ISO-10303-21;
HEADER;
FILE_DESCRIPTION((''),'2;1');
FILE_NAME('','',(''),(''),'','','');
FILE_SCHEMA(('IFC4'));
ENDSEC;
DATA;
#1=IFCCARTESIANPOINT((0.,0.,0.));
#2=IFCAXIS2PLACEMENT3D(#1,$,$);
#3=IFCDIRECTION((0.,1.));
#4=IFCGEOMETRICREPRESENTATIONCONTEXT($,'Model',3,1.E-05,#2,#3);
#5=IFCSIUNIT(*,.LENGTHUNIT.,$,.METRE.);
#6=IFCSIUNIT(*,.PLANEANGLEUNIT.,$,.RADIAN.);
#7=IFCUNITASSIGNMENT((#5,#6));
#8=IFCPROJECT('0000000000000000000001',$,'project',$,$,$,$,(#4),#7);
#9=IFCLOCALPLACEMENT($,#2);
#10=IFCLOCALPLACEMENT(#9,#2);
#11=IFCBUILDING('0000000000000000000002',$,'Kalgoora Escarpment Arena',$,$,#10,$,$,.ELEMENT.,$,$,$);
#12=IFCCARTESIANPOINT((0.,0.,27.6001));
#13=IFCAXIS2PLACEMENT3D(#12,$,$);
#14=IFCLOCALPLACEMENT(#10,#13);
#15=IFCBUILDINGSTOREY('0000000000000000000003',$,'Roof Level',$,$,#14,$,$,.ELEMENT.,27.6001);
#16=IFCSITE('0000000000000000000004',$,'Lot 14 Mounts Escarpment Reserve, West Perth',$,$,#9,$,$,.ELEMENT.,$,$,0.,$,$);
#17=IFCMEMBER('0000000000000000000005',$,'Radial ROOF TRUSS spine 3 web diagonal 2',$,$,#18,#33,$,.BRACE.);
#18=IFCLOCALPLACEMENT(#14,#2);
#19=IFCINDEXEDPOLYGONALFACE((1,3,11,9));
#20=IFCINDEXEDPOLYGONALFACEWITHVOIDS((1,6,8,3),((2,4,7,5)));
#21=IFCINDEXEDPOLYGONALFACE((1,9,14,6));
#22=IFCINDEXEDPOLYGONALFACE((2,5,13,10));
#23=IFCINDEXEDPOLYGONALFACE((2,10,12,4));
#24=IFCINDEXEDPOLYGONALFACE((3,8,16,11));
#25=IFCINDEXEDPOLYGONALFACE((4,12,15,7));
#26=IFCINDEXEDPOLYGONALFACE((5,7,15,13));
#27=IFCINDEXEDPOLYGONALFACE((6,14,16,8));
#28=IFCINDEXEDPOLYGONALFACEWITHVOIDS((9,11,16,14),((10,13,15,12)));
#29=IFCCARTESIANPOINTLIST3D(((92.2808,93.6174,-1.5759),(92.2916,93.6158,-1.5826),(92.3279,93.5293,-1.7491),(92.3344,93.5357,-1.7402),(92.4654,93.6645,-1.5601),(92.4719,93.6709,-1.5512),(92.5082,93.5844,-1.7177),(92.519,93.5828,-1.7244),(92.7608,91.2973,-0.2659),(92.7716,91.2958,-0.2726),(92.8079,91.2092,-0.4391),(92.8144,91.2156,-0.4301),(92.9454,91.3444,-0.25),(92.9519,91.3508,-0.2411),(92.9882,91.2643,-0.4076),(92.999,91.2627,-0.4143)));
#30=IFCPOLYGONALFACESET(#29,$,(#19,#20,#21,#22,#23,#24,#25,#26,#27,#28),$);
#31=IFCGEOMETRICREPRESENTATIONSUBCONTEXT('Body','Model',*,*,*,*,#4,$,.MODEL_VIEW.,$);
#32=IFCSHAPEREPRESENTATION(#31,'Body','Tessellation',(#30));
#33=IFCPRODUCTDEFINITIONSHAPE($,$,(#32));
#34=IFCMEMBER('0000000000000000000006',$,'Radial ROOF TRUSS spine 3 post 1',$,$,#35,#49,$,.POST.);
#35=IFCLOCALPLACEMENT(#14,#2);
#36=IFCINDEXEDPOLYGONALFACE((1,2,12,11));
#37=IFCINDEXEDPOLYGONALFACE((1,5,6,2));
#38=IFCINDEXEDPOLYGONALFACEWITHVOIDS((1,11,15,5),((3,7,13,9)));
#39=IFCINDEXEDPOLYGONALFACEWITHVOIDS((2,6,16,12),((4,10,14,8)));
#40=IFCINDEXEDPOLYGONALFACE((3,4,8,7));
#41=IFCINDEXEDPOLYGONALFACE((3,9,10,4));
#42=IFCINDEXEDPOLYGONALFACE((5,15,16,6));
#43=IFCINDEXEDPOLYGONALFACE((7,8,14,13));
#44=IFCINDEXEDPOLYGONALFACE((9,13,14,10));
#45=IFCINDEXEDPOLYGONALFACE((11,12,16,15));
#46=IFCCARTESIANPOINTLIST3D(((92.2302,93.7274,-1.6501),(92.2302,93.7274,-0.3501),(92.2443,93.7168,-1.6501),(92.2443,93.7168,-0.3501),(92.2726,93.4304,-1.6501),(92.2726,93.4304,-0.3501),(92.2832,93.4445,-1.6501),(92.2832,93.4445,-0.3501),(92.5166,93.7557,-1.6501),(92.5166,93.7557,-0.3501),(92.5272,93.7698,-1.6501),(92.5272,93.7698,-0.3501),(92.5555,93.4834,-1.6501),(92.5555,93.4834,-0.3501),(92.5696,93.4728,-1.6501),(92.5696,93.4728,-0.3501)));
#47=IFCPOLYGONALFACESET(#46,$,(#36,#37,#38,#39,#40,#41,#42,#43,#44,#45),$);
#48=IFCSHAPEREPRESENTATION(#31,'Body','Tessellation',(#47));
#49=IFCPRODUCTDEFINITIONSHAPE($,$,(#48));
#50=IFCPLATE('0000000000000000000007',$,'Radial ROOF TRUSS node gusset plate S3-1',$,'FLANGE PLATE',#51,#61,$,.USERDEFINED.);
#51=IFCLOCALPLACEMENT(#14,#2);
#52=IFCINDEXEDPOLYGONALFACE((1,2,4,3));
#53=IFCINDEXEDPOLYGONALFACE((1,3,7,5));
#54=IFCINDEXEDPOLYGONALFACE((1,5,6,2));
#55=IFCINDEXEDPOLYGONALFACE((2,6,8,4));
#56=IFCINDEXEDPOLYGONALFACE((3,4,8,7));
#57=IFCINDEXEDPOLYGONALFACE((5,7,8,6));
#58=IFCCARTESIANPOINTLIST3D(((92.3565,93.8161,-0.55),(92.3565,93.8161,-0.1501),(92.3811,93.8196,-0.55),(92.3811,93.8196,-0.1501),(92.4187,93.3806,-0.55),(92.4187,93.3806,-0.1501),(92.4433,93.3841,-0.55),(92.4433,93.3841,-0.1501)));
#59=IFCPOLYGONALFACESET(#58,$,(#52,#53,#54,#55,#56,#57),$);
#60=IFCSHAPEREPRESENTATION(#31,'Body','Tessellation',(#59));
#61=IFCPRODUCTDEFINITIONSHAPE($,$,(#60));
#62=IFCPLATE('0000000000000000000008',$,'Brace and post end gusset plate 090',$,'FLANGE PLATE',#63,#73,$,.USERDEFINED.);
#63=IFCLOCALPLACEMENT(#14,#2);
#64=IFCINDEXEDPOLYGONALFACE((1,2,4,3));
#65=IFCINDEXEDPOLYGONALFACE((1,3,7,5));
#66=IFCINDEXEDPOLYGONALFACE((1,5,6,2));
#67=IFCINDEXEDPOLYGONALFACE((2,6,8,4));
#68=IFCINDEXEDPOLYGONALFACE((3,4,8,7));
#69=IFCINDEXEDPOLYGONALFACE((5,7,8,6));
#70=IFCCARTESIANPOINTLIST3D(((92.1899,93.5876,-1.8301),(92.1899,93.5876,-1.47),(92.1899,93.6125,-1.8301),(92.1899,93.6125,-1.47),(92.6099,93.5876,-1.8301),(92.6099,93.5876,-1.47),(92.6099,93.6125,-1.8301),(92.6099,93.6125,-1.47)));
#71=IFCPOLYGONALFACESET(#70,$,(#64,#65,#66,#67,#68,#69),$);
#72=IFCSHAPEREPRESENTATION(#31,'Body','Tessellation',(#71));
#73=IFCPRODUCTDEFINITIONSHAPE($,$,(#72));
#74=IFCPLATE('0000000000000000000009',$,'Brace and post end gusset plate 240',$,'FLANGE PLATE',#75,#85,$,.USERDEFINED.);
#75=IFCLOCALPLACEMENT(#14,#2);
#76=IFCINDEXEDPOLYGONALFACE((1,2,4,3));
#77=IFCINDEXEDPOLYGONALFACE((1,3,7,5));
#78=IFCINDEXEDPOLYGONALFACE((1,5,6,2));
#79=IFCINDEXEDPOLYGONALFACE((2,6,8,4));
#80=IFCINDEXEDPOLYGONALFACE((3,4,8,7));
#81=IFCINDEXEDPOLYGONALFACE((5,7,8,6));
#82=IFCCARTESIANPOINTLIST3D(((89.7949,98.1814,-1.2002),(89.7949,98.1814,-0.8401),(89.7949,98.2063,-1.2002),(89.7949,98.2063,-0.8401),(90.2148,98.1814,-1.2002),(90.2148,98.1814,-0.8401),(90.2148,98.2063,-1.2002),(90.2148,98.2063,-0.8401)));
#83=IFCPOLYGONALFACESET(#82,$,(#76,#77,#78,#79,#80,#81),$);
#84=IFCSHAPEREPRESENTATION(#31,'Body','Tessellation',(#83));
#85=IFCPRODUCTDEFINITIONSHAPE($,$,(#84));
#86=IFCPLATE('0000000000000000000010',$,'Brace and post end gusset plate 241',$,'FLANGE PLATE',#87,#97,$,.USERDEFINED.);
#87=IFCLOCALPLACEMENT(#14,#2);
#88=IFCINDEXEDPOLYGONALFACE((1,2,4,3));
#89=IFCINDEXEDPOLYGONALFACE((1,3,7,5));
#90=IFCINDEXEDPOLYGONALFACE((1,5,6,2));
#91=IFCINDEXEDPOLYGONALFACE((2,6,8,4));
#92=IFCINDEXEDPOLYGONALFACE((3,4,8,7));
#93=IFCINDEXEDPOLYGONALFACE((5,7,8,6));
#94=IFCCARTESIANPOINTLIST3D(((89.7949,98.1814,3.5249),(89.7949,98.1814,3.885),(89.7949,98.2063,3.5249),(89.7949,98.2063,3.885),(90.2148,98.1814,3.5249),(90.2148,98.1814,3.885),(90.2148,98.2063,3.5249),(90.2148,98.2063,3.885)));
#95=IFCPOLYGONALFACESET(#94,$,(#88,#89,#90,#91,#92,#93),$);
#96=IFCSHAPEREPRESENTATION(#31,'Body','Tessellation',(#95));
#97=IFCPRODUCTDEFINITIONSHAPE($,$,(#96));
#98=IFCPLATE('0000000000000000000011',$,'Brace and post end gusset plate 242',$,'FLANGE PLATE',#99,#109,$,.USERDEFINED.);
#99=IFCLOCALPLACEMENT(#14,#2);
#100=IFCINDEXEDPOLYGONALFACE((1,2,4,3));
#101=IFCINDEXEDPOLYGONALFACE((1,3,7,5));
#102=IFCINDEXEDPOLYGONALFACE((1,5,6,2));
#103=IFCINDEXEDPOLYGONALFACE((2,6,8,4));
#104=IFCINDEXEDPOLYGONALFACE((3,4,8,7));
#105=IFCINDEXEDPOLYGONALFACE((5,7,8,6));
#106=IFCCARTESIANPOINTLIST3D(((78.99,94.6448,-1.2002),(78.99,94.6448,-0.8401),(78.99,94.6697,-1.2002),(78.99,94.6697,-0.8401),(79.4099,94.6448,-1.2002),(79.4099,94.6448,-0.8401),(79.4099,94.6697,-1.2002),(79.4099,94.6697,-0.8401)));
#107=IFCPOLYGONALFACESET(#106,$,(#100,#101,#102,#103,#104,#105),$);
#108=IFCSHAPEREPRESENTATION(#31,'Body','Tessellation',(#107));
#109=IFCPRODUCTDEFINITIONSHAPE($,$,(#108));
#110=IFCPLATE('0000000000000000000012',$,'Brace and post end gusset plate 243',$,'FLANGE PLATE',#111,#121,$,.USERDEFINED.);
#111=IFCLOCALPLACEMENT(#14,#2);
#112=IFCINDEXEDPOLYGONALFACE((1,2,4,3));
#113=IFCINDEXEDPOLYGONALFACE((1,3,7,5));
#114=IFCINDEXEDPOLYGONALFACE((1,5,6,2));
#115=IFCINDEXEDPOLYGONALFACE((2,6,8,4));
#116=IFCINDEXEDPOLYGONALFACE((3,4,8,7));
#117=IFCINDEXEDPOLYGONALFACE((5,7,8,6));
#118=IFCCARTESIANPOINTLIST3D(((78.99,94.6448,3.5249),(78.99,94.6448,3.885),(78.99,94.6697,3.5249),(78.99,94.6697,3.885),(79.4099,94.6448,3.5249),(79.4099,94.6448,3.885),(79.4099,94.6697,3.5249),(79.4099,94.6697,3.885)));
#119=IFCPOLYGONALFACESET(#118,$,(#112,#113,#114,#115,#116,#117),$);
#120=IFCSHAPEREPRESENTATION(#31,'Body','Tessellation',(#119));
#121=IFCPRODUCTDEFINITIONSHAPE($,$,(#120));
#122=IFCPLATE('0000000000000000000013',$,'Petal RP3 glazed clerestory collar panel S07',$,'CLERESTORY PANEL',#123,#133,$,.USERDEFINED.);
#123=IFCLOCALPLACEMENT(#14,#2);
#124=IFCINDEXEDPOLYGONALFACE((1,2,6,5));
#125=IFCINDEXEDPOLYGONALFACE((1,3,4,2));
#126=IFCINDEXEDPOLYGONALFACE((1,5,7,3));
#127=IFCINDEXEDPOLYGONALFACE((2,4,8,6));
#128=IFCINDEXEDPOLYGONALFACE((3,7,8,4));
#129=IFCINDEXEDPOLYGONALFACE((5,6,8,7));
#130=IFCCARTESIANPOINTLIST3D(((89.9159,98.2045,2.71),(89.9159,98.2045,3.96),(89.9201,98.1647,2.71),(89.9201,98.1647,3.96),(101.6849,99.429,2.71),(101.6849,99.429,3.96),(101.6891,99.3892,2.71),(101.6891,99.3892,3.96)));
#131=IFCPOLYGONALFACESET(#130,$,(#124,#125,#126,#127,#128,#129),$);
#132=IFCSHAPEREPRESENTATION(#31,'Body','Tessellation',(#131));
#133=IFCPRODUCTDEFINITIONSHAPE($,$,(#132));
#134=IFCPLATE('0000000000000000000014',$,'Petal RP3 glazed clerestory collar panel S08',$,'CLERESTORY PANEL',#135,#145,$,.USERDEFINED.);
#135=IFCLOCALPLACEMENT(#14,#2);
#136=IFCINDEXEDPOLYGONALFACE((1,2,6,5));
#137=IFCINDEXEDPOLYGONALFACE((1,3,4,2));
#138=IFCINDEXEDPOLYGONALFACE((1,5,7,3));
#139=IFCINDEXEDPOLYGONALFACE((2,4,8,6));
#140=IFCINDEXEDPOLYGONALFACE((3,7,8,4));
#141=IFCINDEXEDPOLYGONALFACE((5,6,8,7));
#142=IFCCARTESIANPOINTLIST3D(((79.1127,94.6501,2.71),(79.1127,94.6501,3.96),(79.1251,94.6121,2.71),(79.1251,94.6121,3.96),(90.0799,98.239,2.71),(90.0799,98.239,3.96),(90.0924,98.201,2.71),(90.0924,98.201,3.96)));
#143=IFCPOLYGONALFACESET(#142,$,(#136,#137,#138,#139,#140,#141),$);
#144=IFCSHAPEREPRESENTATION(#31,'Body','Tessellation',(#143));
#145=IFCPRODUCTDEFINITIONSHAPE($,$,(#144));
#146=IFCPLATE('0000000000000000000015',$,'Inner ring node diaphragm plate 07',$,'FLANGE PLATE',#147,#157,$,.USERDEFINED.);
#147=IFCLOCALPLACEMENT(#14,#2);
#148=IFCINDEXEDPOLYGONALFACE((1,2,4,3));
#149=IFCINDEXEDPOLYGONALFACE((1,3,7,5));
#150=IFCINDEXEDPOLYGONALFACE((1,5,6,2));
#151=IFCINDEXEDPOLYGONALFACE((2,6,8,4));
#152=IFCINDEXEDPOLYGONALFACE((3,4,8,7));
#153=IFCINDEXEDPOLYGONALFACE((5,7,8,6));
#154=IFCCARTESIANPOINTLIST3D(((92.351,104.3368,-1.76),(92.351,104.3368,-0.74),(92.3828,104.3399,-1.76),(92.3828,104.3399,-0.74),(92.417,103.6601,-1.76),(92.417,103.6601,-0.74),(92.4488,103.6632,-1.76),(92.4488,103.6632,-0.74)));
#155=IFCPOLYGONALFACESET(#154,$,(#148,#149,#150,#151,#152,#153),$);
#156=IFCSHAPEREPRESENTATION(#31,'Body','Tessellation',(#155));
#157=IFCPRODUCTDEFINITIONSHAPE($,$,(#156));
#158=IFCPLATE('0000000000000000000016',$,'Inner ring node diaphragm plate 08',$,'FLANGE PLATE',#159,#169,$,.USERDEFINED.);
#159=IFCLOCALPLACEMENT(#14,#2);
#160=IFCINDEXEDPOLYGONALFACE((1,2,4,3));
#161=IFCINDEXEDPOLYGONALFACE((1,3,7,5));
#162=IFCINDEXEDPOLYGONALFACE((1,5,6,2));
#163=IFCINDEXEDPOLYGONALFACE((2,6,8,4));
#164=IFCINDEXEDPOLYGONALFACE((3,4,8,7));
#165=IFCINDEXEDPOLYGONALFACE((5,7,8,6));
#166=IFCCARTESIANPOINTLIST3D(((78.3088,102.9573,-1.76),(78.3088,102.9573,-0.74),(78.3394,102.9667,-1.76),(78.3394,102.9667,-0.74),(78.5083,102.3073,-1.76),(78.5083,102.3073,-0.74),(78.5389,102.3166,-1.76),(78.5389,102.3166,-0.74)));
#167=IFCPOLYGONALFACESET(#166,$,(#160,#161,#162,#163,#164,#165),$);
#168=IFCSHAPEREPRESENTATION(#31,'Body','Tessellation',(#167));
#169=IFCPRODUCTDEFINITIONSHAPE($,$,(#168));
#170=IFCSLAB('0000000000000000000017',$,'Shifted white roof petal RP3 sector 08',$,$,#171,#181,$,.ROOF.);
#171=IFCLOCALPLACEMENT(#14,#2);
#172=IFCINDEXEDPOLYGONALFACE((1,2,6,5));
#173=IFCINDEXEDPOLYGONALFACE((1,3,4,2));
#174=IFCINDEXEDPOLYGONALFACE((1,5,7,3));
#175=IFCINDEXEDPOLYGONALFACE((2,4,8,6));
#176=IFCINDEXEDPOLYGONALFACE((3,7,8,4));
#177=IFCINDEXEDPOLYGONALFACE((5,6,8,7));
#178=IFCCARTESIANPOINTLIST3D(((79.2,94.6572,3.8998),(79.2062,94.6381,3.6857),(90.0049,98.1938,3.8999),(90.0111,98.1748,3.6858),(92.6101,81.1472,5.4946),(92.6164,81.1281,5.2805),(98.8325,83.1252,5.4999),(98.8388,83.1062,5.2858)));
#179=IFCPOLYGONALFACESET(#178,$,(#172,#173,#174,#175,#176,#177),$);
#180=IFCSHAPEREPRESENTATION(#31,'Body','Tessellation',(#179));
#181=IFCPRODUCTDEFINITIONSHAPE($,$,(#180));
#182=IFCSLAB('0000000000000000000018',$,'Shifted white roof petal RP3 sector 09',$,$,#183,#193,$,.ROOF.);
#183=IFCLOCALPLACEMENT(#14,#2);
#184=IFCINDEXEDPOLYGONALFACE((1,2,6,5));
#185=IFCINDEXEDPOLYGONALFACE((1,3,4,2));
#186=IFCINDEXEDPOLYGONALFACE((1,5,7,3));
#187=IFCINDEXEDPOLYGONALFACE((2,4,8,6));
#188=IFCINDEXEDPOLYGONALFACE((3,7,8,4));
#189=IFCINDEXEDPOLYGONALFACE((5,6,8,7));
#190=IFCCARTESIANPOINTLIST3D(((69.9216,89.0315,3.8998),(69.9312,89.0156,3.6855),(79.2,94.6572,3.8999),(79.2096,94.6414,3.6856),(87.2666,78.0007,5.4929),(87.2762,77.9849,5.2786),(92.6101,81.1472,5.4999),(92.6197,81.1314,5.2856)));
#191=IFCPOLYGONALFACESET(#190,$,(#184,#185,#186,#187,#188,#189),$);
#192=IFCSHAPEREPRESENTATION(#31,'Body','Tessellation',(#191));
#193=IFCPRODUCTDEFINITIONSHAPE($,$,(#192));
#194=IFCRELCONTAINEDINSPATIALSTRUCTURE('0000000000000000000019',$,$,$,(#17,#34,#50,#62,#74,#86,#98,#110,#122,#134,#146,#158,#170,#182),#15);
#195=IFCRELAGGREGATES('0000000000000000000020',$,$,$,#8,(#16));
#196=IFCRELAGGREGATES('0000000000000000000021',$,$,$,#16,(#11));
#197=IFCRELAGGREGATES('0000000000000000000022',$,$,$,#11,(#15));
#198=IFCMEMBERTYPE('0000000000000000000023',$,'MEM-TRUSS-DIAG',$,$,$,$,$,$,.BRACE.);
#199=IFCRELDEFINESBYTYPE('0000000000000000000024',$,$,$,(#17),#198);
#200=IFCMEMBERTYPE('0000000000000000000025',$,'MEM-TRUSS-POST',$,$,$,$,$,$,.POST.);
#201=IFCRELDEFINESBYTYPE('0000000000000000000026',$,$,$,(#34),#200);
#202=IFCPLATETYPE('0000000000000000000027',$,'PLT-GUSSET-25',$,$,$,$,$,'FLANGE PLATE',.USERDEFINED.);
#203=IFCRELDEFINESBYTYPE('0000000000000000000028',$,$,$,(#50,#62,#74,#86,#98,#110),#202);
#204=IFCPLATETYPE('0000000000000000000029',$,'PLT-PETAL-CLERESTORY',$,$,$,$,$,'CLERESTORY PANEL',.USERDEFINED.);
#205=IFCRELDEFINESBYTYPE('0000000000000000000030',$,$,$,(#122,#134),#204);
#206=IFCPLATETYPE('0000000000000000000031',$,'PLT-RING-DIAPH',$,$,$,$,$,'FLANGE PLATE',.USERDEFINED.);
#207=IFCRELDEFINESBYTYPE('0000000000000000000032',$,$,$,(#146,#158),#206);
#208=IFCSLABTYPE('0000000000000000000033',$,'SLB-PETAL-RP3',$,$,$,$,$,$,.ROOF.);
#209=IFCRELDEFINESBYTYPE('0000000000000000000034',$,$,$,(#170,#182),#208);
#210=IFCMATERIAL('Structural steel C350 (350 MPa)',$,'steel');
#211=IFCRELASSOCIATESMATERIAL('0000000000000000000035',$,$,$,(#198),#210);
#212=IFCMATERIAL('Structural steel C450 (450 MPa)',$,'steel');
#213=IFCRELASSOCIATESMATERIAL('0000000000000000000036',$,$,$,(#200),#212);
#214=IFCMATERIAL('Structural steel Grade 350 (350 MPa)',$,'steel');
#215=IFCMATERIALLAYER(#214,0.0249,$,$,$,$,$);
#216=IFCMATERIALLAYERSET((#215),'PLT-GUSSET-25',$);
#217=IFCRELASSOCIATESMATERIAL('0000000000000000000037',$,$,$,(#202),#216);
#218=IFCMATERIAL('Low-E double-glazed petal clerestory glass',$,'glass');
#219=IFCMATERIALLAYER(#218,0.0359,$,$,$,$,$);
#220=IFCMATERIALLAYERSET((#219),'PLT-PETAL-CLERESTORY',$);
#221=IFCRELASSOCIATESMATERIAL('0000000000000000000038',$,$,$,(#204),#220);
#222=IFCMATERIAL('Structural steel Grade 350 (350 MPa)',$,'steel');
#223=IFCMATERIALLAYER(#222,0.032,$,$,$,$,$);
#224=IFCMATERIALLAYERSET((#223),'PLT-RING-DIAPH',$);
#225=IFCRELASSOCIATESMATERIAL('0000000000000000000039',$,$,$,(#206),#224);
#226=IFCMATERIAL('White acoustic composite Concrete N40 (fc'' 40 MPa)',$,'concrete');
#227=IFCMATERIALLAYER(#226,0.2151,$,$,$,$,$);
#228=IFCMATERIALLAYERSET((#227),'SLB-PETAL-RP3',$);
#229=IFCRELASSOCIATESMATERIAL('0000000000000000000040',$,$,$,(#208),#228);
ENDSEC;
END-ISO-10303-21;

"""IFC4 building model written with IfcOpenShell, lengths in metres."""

from ifc_helpers import new_model, si_unit, direction, frame, origin, origin_2d, place, context, subcontext, project, spatial, polyline, rectangle, hollow_rectangle, outline, extrude, material, layer, layer_set, material_profile, profile_set, type_object, element, save


model = new_model("IFC4")

# Units and contexts
model_context = context("Model", 3, precision=1e-05, world=origin(), true_north=direction((0.0, 1.0)))
body_context = subcontext(model_context, "Body", "Model", "MODEL_VIEW")
ifc_project = project(units=[si_unit("LENGTHUNIT", "METRE"), si_unit("PLANEANGLEUNIT", "RADIAN")], contexts=[model_context])

# Site, building, storey
site_placement = place(None, origin())
site = spatial("IfcSite", under=ifc_project, at=site_placement, Name="Lot 14 Mounts Escarpment Reserve, West Perth", CompositionType="ELEMENT", RefElevation=0.0)
building_placement = place(site_placement, origin())
building = spatial("IfcBuilding", under=site, at=building_placement, Name="Kalgoora Escarpment Arena", CompositionType="ELEMENT")
storey_placement = place(building_placement, frame((0.0, 0.0, 27.6001)))
storey = spatial("IfcBuildingStorey", under=building, at=storey_placement, Name="Roof Level", CompositionType="ELEMENT", Elevation=27.6001)

# Members
ifc_material_1 = material(Name="Structural steel C350 (350 MPa)", Category="steel")
ifc_material_profile_1 = material_profile(ifc_material_1, hollow_rectangle(XDim=0.2, YDim=0.2, WallThickness=0.009, at=origin_2d()))
ifc_profile_set_1 = profile_set([ifc_material_profile_1], Name="Structural steel C350 (350 MPa)")
member_type_1 = type_object("IfcMemberType", Name="MEM-TRUSS-DIAG", PredefinedType="BRACE", material=ifc_profile_set_1)
member_1_placement = place(storey_placement, frame((92.3999, 93.6001, -1.6501), z_axis=(0.177293, -0.856975, 0.483903), x_axis=(0.235537, -0.440455, -0.866327)))
element("IfcMember", 1, at=member_1_placement, inside=storey, type_object=member_type_1, Name="Radial ROOF TRUSS spine 3 web diagonal 2", PredefinedType="BRACE", context=body_context, shape_type="SweptSolid", body=[
    extrude(hollow_rectangle(XDim=0.2, YDim=0.2, WallThickness=0.009, at=origin_2d()), origin(), (0.0, 0.0, 1.0), 2.7073),
])
ifc_material_2 = material(Name="Structural steel C450 (450 MPa)", Category="steel")
ifc_material_profile_2 = material_profile(ifc_material_2, hollow_rectangle(XDim=0.3, YDim=0.3, WallThickness=0.0125, at=origin_2d()))
ifc_profile_set_2 = profile_set([ifc_material_profile_2], Name="Structural steel C450 (450 MPa)")
member_type_2 = type_object("IfcMemberType", Name="MEM-TRUSS-POST", PredefinedType="POST", material=ifc_profile_set_2)
member_2_placement = place(storey_placement, frame((92.3999, 93.6001, -1.6501), z_axis=(0.0, 0.0, 1.0), x_axis=(0.14142, -0.98995, 0.0)))
element("IfcMember", 2, at=member_2_placement, inside=storey, type_object=member_type_2, Name="Radial ROOF TRUSS spine 3 post 1", PredefinedType="POST", context=body_context, shape_type="SweptSolid", body=[
    extrude(hollow_rectangle(XDim=0.3, YDim=0.3, WallThickness=0.0125, at=origin_2d()), origin(), (0.0, 0.0, 1.0), 1.3),
])

# Plates
ifc_material_3 = material(Name="Structural steel Grade 350 (350 MPa)", Category="steel")
ifc_layer_1 = layer(ifc_material_3, 0.0249)
ifc_layer_set_1 = layer_set([ifc_layer_1], Name="PLT-GUSSET-25")
plate_type_1 = type_object("IfcPlateType", Name="PLT-GUSSET-25", ElementType="FLANGE PLATE", PredefinedType="USERDEFINED", material=ifc_layer_set_1)
plate_1_placement = place(storey_placement, frame((92.3999, 93.6001, -0.55), z_axis=(0.0, 0.0, 1.0), x_axis=(0.14142, -0.98995, 0.0)))
element("IfcPlate", 3, at=plate_1_placement, inside=storey, type_object=plate_type_1, Name="Radial ROOF TRUSS node gusset plate S3-1", ObjectType="FLANGE PLATE", PredefinedType="USERDEFINED", context=body_context, shape_type="SweptSolid", body=[
    extrude(rectangle(XDim=0.4399, YDim=0.0249, at=origin_2d()), origin(), (0.0, 0.0, 1.0), 0.3999),
])
for number, where, z_axis, x_axis, name in (
    (4, (92.3999, 93.6001, -1.8301), (0.0, 0.0, 1.0), (1.0, 0.0, 0.0), "Brace and post end gusset plate 090"),
    (5, (90.0049, 98.1938, -1.2002), (0.0, 0.0, 1.0), (1.0, 0.0, 0.0), "Brace and post end gusset plate 240"),
    (6, (90.0049, 98.1938, 3.5249), (0.0, 0.0, 1.0), (1.0, 0.0, 0.0), "Brace and post end gusset plate 241"),
    (7, (79.2, 94.6572, -1.2002), (0.0, 0.0, 1.0), (1.0, 0.0, 0.0), "Brace and post end gusset plate 242"),
    (8, (79.2, 94.6572, 3.5249), (0.0, 0.0, 1.0), (1.0, 0.0, 0.0), "Brace and post end gusset plate 243"),
):
    element("IfcPlate", number, at=place(storey_placement, frame(where, z_axis=z_axis, x_axis=x_axis)), inside=storey, type_object=plate_type_1, Name=name, ObjectType="FLANGE PLATE", PredefinedType="USERDEFINED", context=body_context, shape_type="SweptSolid", body=[
        extrude(rectangle(XDim=0.4199, YDim=0.0249, at=origin_2d()), origin(), (0.0, 0.0, 1.0), 0.3601),
    ])
ifc_material_4 = material(Name="Low-E double-glazed petal clerestory glass", Category="glass")
ifc_layer_2 = layer(ifc_material_4, 0.0359)
ifc_layer_set_2 = layer_set([ifc_layer_2], Name="PLT-PETAL-CLERESTORY")
plate_type_2 = type_object("IfcPlateType", Name="PLT-PETAL-CLERESTORY", ElementType="CLERESTORY PANEL", PredefinedType="USERDEFINED", material=ifc_layer_set_2)
plate_2_placement = place(storey_placement, frame((95.8025, 98.7969, 2.71), z_axis=(0.0, 0.0, 1.0), x_axis=(-0.994631, -0.103487, 0.0)))
element("IfcPlate", 9, at=plate_2_placement, inside=storey, type_object=plate_type_2, Name="Petal RP3 glazed clerestory collar panel S07", ObjectType="CLERESTORY PANEL", PredefinedType="USERDEFINED", context=body_context, shape_type="SweptSolid", body=[
    extrude(rectangle(XDim=11.8325, YDim=0.04, at=origin_2d()), origin(), (0.0, 0.0, 1.0), 1.25),
])
plate_3_placement = place(storey_placement, frame((84.6025, 96.4255, 2.71), z_axis=(0.0, 0.0, 1.0), x_axis=(-0.950407, -0.311008, 0.0)))
element("IfcPlate", 10, at=plate_3_placement, inside=storey, type_object=plate_type_2, Name="Petal RP3 glazed clerestory collar panel S08", ObjectType="CLERESTORY PANEL", PredefinedType="USERDEFINED", context=body_context, shape_type="SweptSolid", body=[
    extrude(rectangle(XDim=11.5396, YDim=0.04, at=origin_2d()), origin(), (0.0, 0.0, 1.0), 1.25),
])
ifc_material_5 = material(Name="Structural steel Grade 350 (350 MPa)", Category="steel")
ifc_layer_3 = layer(ifc_material_5, 0.032)
ifc_layer_set_3 = layer_set([ifc_layer_3], Name="PLT-RING-DIAPH")
plate_type_3 = type_object("IfcPlateType", Name="PLT-RING-DIAPH", ElementType="FLANGE PLATE", PredefinedType="USERDEFINED", material=ifc_layer_set_3)
for number, where, z_axis, x_axis, name in (
    (11, (92.3999, 104.0, -1.76), (0.0, 0.0, 1.0), (-0.995278, -0.097062, 0.0), "Inner ring node diaphragm plate 07"),
    (12, (78.4238, 102.637, -1.76), (0.0, 0.0, 1.0), (-0.955998, -0.293373, 0.0), "Inner ring node diaphragm plate 08"),
):
    element("IfcPlate", number, at=place(storey_placement, frame(where, z_axis=z_axis, x_axis=x_axis)), inside=storey, type_object=plate_type_3, Name=name, ObjectType="FLANGE PLATE", PredefinedType="USERDEFINED", context=body_context, shape_type="SweptSolid", body=[
        extrude(rectangle(XDim=0.032, YDim=0.6799, at=origin_2d()), origin(), (0.0, 0.0, 1.0), 1.02),
    ])

# Slabs
ifc_material_6 = material(Name="White acoustic composite Concrete N40 (fc' 40 MPa)", Category="concrete")
ifc_layer_4 = layer(ifc_material_6, 0.2151)
ifc_layer_set_4 = layer_set([ifc_layer_4], Name="SLB-PETAL-RP3")
slab_type = type_object("IfcSlabType", Name="SLB-PETAL-RP3", PredefinedType="ROOF", material=ifc_layer_set_4)
slab_1_placement = place(storey_placement, frame((90.0049, 98.1938, 3.8999), z_axis=(-0.029043, 0.088704, 0.995635), x_axis=(-0.950385, -0.311076, -0.000008)))
element("IfcSlab", 13, at=slab_1_placement, inside=storey, type_object=slab_type, Name="Shifted white roof petal RP3 sector 08", PredefinedType="ROOF", context=body_context, shape_type="SweptSolid", body=[
    extrude(outline(polyline([(0.0, 0.0), (11.369, 0.0), (2.8268, 17.0859), (-3.7022, 17.1419), (0.0, 0.0)])), origin(), (0.0, 0.0, -1.0), 0.2151),
])
slab_2_placement = place(storey_placement, frame((79.2, 94.6572, 3.8999), z_axis=(-0.044669, 0.073651, 0.996283), x_axis=(-0.855095, -0.518471, -0.00001)))
element("IfcSlab", 14, at=slab_2_placement, inside=storey, type_object=slab_type, Name="Shifted white roof petal RP3 sector 09", PredefinedType="ROOF", context=body_context, shape_type="SweptSolid", body=[
    extrude(outline(polyline([(0.0, 0.0), (10.8506, 0.0), (1.7381, 18.4939), (-4.4624, 18.5742), (0.0, 0.0)])), origin(), (0.0, 0.0, -1.0), 0.2151),
])

save(model, "model.ifc")
